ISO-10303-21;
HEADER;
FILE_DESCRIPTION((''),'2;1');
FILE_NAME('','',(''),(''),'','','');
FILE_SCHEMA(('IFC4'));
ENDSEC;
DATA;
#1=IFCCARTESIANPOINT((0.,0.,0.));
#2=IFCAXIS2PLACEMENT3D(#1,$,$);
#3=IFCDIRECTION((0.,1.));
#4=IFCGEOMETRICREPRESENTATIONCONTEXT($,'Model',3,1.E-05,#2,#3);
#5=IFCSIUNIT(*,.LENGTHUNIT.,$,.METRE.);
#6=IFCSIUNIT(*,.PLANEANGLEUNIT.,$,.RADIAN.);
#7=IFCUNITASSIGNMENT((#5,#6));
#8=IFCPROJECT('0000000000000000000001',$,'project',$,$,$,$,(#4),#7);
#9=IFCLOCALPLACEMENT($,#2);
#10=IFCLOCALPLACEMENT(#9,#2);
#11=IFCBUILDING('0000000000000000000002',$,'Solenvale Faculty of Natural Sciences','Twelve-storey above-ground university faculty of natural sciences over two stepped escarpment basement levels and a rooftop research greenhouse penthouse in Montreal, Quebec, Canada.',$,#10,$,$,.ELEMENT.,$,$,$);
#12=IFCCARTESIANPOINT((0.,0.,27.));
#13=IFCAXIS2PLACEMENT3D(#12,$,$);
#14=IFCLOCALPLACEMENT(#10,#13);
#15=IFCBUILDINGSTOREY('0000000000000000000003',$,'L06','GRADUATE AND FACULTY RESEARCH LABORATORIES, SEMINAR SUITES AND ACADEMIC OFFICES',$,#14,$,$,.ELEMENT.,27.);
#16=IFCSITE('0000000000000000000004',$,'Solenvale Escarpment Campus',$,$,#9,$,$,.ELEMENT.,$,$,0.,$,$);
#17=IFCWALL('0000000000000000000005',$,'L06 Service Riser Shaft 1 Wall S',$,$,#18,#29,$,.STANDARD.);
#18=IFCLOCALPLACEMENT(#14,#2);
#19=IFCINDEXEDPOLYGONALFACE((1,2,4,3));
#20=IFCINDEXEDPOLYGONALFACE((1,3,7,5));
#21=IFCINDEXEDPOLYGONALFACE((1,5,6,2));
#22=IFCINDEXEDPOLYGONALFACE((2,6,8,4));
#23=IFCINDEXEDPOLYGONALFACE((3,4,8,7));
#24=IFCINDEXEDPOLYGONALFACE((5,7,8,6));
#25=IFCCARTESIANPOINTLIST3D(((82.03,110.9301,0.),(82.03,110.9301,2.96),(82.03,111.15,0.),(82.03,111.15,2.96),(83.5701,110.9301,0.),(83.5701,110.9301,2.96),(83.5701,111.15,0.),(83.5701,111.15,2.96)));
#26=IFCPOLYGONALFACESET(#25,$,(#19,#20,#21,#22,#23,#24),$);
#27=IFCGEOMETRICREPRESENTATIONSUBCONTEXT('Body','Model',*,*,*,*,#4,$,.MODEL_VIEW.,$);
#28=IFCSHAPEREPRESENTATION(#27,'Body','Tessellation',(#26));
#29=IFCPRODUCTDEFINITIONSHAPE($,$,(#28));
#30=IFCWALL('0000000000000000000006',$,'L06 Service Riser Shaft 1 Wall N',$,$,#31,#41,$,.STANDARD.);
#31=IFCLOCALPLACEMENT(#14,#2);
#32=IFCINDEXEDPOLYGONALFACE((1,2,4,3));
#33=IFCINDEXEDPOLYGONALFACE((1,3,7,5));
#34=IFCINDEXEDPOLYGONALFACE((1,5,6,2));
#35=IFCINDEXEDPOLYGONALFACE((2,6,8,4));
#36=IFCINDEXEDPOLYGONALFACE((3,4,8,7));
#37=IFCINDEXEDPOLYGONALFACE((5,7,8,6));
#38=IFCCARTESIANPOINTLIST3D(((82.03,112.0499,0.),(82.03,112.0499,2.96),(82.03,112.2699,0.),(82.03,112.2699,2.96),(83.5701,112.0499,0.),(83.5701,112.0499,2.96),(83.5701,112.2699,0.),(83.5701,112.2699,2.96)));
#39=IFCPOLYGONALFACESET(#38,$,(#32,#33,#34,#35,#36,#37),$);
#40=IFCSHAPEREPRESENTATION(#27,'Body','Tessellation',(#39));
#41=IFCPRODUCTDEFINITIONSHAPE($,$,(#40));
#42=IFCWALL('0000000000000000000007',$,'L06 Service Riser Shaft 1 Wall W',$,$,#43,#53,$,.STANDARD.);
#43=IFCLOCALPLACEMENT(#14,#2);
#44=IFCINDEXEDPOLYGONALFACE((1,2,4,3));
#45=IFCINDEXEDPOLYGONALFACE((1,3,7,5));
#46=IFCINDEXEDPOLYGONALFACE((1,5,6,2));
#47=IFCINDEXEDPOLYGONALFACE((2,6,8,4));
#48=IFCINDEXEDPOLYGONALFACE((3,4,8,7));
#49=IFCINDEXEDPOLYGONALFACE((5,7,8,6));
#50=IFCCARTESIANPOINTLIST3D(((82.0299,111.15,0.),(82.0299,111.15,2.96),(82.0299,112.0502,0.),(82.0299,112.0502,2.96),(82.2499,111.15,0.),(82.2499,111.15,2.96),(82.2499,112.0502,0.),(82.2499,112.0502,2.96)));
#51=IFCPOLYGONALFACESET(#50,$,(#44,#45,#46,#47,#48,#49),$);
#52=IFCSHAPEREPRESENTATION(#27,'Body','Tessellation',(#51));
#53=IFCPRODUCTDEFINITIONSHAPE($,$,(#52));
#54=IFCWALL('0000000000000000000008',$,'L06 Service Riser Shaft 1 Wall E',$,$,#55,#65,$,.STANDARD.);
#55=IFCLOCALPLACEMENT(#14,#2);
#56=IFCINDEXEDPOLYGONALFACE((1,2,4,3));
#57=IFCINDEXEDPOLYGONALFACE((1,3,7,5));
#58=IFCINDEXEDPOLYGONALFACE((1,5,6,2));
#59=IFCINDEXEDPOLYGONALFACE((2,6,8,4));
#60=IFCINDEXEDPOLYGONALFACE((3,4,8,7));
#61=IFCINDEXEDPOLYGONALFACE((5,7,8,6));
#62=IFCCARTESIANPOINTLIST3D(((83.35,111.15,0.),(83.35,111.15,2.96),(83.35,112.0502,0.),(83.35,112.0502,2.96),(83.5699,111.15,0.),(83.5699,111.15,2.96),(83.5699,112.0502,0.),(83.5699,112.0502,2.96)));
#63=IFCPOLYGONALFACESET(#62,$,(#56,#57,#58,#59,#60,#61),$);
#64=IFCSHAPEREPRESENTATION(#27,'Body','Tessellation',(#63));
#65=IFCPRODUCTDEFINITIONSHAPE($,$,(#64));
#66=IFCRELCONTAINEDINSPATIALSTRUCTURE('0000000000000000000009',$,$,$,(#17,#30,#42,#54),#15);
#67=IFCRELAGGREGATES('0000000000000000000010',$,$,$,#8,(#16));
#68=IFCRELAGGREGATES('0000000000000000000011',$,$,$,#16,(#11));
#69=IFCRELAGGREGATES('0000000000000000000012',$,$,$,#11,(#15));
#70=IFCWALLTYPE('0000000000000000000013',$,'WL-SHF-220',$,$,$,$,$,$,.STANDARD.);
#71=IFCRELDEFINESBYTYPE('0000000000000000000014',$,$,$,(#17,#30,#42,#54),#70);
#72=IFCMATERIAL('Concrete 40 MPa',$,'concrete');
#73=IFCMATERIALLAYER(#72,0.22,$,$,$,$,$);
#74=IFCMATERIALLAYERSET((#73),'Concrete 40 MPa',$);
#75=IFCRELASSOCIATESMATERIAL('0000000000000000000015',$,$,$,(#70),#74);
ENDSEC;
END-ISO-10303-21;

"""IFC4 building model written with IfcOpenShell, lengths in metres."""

from ifc_helpers import new_model, si_unit, direction, frame, frame_2d, origin, place, context, subcontext, project, spatial, rectangle, extrude, material, layer, layer_set, type_object, element, save


model = new_model("IFC4")

# Units and contexts
model_context = context("Model", 3, precision=1e-05, world=origin(), true_north=direction((0.0, 1.0)))
body_context = subcontext(model_context, "Body", "Model", "MODEL_VIEW")
ifc_project = project(units=[si_unit("LENGTHUNIT", "METRE"), si_unit("PLANEANGLEUNIT", "RADIAN")], contexts=[model_context])

# Site, building, storey
site_placement = place(None, origin())
site = spatial("IfcSite", under=ifc_project, at=site_placement, Name="Solenvale Escarpment Campus", CompositionType="ELEMENT", RefElevation=0.0)
building_placement = place(site_placement, origin())
building = spatial("IfcBuilding", under=site, at=building_placement, Name="Solenvale Faculty of Natural Sciences", Description="Twelve-storey above-ground university faculty of natural sciences over two stepped escarpment basement levels and a rooftop research greenhouse penthouse in Montreal, Quebec, Canada.", CompositionType="ELEMENT")
storey_placement = place(building_placement, frame((0.0, 0.0, 27.0)))
storey = spatial("IfcBuildingStorey", under=building, at=storey_placement, Name="L06", Description="GRADUATE AND FACULTY RESEARCH LABORATORIES, SEMINAR SUITES AND ACADEMIC OFFICES", CompositionType="ELEMENT", Elevation=27.0)

# Shared definitions
ifc_material_1 = material(Name="Concrete 40 MPa", Category="concrete")

# Walls
ifc_layer_1 = layer(ifc_material_1, 0.22)
ifc_layer_set_1 = layer_set([ifc_layer_1], Name="Concrete 40 MPa")
wall_type_1 = type_object("IfcWallType", Name="WL-SHF-220", PredefinedType="STANDARD", material=ifc_layer_set_1)
for number, where, z_axis, x_axis, name in (
    (1, (82.03, 111.04, 0.0), (0.0, 0.0, 1.0), (1.0, 0.0, 0.0), "L06 Service Riser Shaft 1 Wall S"),
    (2, (82.03, 112.1599, 0.0), (0.0, 0.0, 1.0), (1.0, 0.0, 0.0), "L06 Service Riser Shaft 1 Wall N"),
):
    element("IfcWall", number, at=place(storey_placement, frame(where, z_axis=z_axis, x_axis=x_axis)), inside=storey, type_object=wall_type_1, Name=name, PredefinedType="STANDARD", context=body_context, shape_type="SweptSolid", body=[
        extrude(rectangle(XDim=1.54, YDim=0.22, at=frame_2d((0.77, 0.0))), origin(), (0.0, 0.0, 1.0), 2.96),
    ])
for number, where, z_axis, x_axis, name in (
    (3, (82.1399, 111.1499, 0.0), (0.0, 0.0, 1.0), (0.0, 1.0, 0.0), "L06 Service Riser Shaft 1 Wall W"),
    (4, (83.46, 111.1499, 0.0), (0.0, 0.0, 1.0), (0.0, 1.0, 0.0), "L06 Service Riser Shaft 1 Wall E"),
):
    element("IfcWall", number, at=place(storey_placement, frame(where, z_axis=z_axis, x_axis=x_axis)), inside=storey, type_object=wall_type_1, Name=name, PredefinedType="STANDARD", context=body_context, shape_type="SweptSolid", body=[
        extrude(rectangle(XDim=0.9001, YDim=0.22, at=frame_2d((0.4502, 0.0))), origin(), (0.0, 0.0, 1.0), 2.96),
    ])

save(model, "model.ifc")
